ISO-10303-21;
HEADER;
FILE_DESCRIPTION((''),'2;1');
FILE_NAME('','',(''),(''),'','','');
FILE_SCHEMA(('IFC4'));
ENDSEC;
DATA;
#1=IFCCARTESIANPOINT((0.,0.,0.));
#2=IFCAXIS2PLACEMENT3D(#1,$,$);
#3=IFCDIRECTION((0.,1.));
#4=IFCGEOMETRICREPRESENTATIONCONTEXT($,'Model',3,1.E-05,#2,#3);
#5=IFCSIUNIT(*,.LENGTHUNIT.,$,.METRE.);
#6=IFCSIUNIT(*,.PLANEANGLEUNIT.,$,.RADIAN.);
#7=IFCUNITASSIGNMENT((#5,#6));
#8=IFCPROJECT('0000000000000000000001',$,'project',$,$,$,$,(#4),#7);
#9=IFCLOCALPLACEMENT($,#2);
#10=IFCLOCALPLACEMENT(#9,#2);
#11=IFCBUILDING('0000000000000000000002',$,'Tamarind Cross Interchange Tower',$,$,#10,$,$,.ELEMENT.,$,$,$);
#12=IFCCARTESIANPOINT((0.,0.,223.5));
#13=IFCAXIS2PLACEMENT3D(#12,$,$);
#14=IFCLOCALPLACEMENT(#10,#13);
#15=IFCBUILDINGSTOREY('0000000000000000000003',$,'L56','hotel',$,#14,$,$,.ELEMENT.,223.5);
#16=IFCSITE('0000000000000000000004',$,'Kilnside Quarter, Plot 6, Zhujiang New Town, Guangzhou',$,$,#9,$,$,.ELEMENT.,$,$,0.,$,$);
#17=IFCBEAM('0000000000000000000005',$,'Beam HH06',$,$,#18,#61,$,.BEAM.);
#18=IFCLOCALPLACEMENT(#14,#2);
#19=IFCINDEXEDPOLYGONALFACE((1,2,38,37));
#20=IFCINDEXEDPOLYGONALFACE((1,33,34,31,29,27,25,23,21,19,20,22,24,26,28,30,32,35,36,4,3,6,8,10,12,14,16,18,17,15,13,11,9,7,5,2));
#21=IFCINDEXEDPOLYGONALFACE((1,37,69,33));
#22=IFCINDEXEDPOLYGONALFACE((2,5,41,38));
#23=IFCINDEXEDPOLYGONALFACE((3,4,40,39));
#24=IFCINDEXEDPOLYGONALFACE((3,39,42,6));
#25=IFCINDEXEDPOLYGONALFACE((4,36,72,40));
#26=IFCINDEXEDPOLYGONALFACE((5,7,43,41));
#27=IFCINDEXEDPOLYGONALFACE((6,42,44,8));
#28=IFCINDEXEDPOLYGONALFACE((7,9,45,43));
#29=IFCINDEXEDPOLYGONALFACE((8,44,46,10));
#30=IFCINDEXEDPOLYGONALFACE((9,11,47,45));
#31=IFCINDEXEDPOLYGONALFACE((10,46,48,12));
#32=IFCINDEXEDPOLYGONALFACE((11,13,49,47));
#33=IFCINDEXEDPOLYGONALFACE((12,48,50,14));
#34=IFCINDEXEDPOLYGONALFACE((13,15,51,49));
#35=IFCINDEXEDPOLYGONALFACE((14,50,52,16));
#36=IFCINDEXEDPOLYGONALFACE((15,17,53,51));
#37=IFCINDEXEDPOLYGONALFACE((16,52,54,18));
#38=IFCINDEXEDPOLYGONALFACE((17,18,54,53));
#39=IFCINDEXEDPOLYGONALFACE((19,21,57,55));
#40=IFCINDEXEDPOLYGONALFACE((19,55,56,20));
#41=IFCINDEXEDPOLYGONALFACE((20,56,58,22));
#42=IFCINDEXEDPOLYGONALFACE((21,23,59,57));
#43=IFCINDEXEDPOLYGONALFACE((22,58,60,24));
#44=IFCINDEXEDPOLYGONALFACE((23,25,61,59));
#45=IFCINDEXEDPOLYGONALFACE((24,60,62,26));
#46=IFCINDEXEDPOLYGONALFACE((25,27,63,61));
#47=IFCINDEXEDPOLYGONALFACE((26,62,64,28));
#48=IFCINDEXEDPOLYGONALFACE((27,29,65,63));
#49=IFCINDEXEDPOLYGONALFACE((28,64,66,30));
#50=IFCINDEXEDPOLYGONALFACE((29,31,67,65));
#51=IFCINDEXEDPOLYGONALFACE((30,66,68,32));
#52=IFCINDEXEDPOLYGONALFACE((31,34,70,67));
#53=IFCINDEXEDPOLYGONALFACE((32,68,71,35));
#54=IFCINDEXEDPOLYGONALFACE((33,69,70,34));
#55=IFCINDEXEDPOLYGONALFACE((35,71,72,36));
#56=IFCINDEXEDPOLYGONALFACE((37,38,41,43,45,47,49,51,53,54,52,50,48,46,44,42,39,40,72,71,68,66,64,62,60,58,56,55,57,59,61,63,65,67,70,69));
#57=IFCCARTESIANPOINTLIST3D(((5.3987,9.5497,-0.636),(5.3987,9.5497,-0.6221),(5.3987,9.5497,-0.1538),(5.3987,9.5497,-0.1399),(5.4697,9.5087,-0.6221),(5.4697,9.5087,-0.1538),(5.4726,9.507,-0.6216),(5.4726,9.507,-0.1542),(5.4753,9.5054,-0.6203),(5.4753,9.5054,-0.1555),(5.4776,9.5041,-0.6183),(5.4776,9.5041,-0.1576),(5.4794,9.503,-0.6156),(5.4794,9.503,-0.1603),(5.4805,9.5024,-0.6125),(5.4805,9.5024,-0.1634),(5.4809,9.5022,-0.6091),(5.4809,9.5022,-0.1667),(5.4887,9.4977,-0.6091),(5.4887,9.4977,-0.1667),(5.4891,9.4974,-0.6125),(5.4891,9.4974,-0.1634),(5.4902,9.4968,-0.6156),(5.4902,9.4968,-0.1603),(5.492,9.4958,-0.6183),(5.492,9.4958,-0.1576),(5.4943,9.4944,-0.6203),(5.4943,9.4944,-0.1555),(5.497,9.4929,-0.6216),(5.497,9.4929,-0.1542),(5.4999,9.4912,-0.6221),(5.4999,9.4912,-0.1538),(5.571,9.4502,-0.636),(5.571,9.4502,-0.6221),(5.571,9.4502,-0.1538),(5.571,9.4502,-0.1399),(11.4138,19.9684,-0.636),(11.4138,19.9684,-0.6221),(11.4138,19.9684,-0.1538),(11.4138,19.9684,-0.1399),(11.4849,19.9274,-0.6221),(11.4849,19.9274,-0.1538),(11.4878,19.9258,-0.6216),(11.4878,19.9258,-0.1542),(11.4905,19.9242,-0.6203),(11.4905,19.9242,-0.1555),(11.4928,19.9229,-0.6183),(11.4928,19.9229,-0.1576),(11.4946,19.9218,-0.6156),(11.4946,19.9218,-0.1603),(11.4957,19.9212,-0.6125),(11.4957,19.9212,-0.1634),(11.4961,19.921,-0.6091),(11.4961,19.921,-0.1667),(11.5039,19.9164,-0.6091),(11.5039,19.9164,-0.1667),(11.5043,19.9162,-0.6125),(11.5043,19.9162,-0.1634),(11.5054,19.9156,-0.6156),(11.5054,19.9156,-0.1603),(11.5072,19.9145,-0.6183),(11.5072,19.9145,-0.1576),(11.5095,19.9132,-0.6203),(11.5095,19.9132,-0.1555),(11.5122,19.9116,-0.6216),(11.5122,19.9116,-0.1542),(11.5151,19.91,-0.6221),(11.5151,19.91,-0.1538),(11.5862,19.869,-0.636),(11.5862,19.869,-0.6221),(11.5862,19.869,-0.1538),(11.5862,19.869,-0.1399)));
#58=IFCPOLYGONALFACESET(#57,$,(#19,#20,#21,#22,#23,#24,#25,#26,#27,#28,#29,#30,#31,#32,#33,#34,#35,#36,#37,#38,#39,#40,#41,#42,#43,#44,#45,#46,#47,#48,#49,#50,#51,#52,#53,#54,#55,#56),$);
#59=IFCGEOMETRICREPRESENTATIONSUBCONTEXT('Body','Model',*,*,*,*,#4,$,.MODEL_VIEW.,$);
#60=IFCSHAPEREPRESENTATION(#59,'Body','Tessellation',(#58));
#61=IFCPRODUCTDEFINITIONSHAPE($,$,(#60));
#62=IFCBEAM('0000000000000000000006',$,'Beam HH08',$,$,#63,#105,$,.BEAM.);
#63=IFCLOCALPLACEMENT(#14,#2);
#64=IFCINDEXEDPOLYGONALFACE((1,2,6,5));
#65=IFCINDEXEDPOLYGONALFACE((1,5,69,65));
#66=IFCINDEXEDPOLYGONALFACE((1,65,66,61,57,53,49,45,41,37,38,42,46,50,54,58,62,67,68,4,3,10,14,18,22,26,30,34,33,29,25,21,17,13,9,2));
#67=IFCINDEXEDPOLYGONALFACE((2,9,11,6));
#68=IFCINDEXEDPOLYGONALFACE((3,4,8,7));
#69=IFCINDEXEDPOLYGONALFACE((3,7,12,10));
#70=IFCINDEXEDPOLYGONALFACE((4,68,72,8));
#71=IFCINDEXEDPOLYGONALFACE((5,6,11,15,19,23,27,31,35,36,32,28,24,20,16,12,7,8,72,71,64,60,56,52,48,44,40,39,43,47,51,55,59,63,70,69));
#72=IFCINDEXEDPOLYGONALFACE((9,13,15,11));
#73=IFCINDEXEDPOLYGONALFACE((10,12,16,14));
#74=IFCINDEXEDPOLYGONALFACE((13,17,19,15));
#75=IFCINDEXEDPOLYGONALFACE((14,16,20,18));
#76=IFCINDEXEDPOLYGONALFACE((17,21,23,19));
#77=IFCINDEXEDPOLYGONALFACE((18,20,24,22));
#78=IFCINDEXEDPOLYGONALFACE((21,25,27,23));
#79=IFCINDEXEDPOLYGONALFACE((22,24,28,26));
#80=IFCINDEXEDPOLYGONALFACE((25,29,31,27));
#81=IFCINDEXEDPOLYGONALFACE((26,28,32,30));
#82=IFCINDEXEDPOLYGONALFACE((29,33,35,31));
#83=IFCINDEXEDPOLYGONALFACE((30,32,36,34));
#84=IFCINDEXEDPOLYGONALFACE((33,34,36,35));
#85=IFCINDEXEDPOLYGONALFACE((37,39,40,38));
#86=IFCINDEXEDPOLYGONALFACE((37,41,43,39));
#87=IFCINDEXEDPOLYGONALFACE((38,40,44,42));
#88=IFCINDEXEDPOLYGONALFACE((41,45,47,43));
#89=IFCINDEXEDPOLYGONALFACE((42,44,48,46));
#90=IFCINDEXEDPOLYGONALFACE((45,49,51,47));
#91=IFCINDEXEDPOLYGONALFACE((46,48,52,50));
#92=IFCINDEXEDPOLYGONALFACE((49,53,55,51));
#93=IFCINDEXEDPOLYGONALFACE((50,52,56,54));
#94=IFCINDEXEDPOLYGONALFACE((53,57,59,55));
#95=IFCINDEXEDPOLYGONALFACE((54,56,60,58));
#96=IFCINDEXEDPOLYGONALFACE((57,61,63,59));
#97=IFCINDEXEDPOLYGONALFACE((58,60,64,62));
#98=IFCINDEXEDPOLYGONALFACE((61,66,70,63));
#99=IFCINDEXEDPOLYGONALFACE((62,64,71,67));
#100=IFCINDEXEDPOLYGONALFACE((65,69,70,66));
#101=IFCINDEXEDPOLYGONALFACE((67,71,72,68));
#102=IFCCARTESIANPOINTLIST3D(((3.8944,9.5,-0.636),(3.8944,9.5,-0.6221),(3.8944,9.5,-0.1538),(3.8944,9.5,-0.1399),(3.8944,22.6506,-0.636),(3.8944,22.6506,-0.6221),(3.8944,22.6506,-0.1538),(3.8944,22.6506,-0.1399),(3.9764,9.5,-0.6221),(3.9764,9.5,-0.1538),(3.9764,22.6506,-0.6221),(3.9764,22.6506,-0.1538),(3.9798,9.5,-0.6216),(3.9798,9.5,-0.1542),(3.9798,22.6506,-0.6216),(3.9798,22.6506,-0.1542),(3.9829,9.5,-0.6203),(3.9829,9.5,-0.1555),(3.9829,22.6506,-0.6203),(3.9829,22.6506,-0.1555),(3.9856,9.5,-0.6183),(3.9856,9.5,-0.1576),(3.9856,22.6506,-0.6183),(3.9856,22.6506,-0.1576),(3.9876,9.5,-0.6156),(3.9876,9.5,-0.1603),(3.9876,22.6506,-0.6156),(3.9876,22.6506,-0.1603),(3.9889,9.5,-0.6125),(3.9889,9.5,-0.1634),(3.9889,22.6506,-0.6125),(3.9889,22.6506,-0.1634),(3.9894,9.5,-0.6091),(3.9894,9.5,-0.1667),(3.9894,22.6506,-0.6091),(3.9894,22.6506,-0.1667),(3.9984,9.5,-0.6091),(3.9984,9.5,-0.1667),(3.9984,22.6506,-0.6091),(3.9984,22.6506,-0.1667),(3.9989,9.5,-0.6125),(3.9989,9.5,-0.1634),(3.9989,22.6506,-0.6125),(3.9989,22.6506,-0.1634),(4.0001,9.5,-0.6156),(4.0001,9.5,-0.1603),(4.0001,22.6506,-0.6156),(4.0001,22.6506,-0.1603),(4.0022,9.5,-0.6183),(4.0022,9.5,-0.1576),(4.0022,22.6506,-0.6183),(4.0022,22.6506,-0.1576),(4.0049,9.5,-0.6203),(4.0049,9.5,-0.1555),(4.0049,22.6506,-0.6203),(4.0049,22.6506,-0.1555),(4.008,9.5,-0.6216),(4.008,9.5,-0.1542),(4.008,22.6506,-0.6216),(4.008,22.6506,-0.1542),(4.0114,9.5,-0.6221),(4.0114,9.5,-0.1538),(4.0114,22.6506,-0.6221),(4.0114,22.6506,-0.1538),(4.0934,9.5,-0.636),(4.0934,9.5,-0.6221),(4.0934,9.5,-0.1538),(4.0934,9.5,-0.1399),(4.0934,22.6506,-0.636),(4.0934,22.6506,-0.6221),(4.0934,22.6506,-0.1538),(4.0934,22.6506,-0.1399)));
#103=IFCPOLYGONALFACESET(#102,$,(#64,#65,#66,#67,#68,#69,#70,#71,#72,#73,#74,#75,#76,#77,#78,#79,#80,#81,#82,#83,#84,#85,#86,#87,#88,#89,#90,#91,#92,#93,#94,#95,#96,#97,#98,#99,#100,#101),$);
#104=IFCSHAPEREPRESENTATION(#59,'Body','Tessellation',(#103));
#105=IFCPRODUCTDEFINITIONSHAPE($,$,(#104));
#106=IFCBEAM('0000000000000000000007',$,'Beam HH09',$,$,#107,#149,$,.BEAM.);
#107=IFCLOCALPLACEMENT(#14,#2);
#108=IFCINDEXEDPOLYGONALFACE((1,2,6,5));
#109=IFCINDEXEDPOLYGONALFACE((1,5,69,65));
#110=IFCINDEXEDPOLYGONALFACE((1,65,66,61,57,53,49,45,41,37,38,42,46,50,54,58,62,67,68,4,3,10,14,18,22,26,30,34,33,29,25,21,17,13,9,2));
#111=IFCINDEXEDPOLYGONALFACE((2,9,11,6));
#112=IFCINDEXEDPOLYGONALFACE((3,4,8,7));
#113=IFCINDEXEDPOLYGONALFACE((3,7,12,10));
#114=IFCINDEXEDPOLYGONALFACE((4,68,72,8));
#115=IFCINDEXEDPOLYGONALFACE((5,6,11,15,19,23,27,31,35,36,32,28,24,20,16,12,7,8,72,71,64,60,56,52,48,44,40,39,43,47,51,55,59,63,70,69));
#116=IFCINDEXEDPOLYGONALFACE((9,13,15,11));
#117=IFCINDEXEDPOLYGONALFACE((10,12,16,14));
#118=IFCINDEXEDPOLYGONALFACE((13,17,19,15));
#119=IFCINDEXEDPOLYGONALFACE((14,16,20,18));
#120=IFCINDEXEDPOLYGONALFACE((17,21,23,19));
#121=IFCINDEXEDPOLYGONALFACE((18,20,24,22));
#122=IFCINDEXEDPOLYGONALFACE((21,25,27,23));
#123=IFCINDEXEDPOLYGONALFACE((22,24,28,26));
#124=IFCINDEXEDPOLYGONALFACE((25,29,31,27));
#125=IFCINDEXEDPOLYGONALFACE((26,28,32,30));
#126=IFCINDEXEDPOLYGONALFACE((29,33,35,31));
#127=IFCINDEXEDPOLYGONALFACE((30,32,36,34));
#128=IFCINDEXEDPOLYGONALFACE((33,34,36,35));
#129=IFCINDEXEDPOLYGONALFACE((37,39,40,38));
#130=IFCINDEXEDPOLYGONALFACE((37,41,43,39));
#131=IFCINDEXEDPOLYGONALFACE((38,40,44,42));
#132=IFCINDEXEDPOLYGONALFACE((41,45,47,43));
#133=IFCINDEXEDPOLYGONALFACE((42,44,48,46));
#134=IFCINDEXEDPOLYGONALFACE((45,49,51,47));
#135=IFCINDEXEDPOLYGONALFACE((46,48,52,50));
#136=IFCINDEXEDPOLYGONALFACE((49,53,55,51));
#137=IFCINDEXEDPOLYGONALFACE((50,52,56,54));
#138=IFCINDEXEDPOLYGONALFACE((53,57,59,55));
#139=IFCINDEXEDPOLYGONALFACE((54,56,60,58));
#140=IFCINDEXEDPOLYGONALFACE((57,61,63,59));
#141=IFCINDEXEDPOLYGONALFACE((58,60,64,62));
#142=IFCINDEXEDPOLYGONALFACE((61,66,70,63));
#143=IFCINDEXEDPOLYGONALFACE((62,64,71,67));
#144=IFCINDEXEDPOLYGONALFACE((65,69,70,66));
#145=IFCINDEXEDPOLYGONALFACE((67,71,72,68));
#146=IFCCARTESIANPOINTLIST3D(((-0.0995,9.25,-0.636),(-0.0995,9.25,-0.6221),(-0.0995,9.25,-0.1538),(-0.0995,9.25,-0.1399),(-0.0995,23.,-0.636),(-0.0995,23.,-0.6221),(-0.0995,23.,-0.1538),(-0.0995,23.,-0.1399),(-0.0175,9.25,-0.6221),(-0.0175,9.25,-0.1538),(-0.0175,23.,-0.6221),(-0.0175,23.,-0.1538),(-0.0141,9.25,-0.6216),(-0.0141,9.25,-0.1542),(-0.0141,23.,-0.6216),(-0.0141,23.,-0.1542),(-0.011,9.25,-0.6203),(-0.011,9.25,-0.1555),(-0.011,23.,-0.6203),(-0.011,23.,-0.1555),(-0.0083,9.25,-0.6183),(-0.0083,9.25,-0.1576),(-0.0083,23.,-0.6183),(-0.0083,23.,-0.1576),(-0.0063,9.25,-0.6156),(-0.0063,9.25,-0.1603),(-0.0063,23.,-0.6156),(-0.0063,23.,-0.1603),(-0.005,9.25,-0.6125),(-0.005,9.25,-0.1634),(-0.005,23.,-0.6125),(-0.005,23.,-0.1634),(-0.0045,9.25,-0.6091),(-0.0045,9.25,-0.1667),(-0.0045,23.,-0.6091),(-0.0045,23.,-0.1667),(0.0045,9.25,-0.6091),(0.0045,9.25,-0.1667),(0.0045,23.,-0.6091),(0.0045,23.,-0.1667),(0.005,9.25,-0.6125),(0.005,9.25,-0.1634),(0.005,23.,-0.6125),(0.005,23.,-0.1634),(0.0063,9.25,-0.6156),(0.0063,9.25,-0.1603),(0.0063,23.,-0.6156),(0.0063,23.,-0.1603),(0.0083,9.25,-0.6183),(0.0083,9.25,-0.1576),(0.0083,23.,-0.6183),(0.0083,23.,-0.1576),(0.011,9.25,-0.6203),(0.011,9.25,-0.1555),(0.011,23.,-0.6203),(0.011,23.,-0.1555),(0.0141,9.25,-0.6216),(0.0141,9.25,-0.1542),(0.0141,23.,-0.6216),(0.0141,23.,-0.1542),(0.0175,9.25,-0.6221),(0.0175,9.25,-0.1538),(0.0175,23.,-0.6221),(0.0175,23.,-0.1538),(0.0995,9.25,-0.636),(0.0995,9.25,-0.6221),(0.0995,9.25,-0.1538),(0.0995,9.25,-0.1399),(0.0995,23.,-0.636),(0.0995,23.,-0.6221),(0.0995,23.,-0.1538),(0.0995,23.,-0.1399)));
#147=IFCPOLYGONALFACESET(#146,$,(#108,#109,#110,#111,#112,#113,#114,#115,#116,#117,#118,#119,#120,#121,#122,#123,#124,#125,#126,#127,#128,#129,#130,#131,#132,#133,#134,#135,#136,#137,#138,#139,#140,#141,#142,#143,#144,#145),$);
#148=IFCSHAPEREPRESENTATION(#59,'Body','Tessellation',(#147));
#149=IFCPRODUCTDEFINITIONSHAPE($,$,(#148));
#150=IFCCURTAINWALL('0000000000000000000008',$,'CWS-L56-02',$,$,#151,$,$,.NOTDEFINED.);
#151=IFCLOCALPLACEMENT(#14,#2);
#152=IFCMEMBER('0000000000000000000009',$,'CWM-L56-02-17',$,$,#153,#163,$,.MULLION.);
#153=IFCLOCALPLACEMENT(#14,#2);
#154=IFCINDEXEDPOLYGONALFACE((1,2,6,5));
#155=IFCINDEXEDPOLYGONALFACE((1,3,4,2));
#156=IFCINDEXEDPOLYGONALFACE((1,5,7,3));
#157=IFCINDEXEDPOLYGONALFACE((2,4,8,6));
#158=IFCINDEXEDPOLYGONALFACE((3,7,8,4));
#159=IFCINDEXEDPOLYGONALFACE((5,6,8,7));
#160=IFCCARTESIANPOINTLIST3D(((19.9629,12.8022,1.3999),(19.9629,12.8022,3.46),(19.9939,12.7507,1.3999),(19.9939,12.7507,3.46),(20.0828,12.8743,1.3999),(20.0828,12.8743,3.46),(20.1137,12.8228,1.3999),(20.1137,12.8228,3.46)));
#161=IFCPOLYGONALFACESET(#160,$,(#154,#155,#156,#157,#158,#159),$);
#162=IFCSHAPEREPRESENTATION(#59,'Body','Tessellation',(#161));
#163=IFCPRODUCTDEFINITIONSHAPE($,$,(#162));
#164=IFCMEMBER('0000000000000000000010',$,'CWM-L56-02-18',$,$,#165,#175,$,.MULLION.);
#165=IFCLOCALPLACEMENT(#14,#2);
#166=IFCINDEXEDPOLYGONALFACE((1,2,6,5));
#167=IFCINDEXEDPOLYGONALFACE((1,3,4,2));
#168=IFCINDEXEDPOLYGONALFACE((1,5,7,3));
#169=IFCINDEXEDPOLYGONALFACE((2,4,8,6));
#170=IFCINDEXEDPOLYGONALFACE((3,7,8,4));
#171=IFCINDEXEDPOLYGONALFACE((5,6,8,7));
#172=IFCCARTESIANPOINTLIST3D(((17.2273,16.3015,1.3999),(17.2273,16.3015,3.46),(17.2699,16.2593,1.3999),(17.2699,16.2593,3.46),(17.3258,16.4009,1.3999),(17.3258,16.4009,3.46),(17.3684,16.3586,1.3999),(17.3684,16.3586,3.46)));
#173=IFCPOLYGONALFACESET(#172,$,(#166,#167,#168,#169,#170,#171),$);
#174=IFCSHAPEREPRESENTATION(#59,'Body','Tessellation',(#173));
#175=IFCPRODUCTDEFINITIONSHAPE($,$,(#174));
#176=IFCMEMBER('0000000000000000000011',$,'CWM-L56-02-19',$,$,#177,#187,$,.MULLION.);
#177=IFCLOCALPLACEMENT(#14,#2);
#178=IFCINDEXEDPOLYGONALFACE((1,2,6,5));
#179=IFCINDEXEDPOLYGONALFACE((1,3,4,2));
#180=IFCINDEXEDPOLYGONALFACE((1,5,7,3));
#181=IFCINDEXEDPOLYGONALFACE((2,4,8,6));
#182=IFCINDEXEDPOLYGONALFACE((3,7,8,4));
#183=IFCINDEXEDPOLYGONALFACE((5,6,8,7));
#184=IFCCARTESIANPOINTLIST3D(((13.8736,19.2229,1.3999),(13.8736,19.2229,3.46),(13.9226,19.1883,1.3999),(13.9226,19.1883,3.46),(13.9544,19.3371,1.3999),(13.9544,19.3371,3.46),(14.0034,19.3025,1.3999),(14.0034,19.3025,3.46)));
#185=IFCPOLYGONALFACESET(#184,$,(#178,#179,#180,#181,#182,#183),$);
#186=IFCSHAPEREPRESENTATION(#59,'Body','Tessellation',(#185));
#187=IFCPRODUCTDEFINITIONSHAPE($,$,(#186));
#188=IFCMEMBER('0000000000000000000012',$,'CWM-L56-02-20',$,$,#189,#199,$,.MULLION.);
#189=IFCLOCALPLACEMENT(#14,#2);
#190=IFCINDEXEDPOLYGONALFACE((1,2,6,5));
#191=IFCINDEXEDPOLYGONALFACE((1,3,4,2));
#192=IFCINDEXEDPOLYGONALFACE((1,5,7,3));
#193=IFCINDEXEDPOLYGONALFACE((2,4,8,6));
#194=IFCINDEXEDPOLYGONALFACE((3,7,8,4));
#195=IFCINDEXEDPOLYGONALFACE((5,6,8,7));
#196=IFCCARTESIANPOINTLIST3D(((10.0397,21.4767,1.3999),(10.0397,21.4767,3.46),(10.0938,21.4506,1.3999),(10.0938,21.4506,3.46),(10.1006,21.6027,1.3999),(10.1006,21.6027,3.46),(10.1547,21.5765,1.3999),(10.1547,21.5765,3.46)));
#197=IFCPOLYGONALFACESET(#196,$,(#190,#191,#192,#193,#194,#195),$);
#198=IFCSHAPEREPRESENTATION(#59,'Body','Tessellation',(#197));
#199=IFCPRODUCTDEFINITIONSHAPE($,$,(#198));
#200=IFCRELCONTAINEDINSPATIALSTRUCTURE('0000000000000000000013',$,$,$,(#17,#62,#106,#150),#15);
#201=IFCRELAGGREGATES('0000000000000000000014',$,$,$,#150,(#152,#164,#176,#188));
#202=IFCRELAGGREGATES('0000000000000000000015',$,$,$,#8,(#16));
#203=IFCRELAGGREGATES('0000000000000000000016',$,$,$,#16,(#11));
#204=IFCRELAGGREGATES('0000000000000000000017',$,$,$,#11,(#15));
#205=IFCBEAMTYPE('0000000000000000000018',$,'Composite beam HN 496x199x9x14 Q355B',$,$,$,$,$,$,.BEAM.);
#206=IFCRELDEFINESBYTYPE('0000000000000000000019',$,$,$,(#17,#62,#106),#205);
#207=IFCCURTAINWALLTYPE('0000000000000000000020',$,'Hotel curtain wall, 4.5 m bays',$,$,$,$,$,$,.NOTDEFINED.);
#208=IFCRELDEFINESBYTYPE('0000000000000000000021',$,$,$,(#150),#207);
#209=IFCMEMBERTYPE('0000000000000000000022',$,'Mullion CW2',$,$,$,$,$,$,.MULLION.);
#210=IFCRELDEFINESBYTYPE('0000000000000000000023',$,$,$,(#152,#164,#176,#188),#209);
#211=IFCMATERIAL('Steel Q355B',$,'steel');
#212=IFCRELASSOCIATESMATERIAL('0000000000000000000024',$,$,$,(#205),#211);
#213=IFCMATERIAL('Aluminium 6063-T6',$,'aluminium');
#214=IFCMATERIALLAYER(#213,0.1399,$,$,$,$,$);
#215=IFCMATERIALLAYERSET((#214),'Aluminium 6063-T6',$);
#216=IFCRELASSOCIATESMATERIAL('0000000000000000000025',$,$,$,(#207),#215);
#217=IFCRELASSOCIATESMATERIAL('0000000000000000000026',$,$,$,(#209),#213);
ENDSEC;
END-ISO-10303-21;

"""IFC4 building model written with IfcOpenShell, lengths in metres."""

from ifc_helpers import new_model, si_unit, direction, frame, origin, origin_2d, place, context, subcontext, project, spatial, rectangle, i_section, extrude, material, layer, layer_set, material_profile, profile_set, type_object, element, aggregate, save


model = new_model("IFC4")

# Units and contexts
model_context = context("Model", 3, precision=1e-05, world=origin(), true_north=direction((0.0, 1.0)))
body_context = subcontext(model_context, "Body", "Model", "MODEL_VIEW")
ifc_project = project(units=[si_unit("LENGTHUNIT", "METRE"), si_unit("PLANEANGLEUNIT", "RADIAN")], contexts=[model_context])

# Site, building, storey
site_placement = place(None, origin())
site = spatial("IfcSite", under=ifc_project, at=site_placement, Name="Kilnside Quarter, Plot 6, Zhujiang New Town, Guangzhou", CompositionType="ELEMENT", RefElevation=0.0)
building_placement = place(site_placement, origin())
building = spatial("IfcBuilding", under=site, at=building_placement, Name="Tamarind Cross Interchange Tower", CompositionType="ELEMENT")
storey_placement = place(building_placement, frame((0.0, 0.0, 223.5)))
storey = spatial("IfcBuildingStorey", under=building, at=storey_placement, Name="L56", Description="hotel", CompositionType="ELEMENT", Elevation=223.5)

# Beams
ifc_material_1 = material(Name="Steel Q355B", Category="steel")
ifc_material_profile_1 = material_profile(ifc_material_1, i_section(OverallWidth=0.199, OverallDepth=0.4961, WebThickness=0.009, FlangeThickness=0.0139, FilletRadius=0.0129, at=origin_2d()), Name="HN 496x199x9x14")
ifc_profile_set_1 = profile_set([ifc_material_profile_1], Name="Steel Q355B")
beam_type = type_object("IfcBeamType", Name="Composite beam HN 496x199x9x14 Q355B", PredefinedType="BEAM", material=ifc_profile_set_1)
beam_1_placement = place(storey_placement, frame((11.5, 19.9187, -0.3879), z_axis=(-0.499994, -0.866029, 0.0), x_axis=(0.866029, -0.499994, 0.0)))
element("IfcBeam", 1, at=beam_1_placement, inside=storey, type_object=beam_type, Name="Beam HH06", PredefinedType="BEAM", context=body_context, shape_type="SweptSolid", body=[
    extrude(i_section(OverallWidth=0.199, OverallDepth=0.4961, WebThickness=0.009, FlangeThickness=0.0139, FilletRadius=0.0129, at=origin_2d()), origin(), (0.0, 0.0, 1.0), 12.0305),
])
beam_2_placement = place(storey_placement, frame((3.9939, 22.6506, -0.3879), z_axis=(0.0, -1.0, 0.0), x_axis=(1.0, 0.0, 0.0)))
element("IfcBeam", 2, at=beam_2_placement, inside=storey, type_object=beam_type, Name="Beam HH08", PredefinedType="BEAM", context=body_context, shape_type="SweptSolid", body=[
    extrude(i_section(OverallWidth=0.199, OverallDepth=0.4961, WebThickness=0.009, FlangeThickness=0.0139, FilletRadius=0.0129, at=origin_2d()), origin(), (0.0, 0.0, 1.0), 13.1506),
])
beam_3_placement = place(storey_placement, frame((0.0, 23.0, -0.3879), z_axis=(0.0, -1.0, 0.0), x_axis=(1.0, 0.0, 0.0)))
element("IfcBeam", 3, at=beam_3_placement, inside=storey, type_object=beam_type, Name="Beam HH09", PredefinedType="BEAM", context=body_context, shape_type="SweptSolid", body=[
    extrude(i_section(OverallWidth=0.199, OverallDepth=0.4961, WebThickness=0.009, FlangeThickness=0.0139, FilletRadius=0.0129, at=origin_2d()), origin(), (0.0, 0.0, 1.0), 13.75),
])

# Curtain wall, members
ifc_material_2 = material(Name="Aluminium 6063-T6", Category="aluminium")
ifc_layer_1 = layer(ifc_material_2, 0.1399)
ifc_layer_set_1 = layer_set([ifc_layer_1], Name="Aluminium 6063-T6")
curtain_wall_type = type_object("IfcCurtainWallType", Name="Hotel curtain wall, 4.5 m bays", PredefinedType="NOTDEFINED", material=ifc_layer_set_1)
curtain_wall_1_placement = place(storey_placement, origin())
curtain_wall_1 = element("IfcCurtainWall", 4, at=curtain_wall_1_placement, inside=storey, type_object=curtain_wall_type, Name="CWS-L56-02", PredefinedType="NOTDEFINED")
ifc_material_profile_2 = material_profile(ifc_material_2, rectangle(XDim=0.0601, YDim=0.1399, at=origin_2d()), Name="Mullion CW2")
ifc_profile_set_2 = profile_set([ifc_material_profile_2], Name="Aluminium 6063-T6")
member_type = type_object("IfcMemberType", Name="Mullion CW2", PredefinedType="MULLION", material=ifc_profile_set_2)
member_1_placement = place(storey_placement, frame((20.0383, 12.8125, 1.3999), z_axis=(0.0, 0.0, 1.0), x_axis=(-0.515577, 0.856843, 0.0)))
member_1 = element("IfcMember", 5, at=member_1_placement, type_object=member_type, Name="CWM-L56-02-17", PredefinedType="MULLION", context=body_context, shape_type="SweptSolid", body=[
    extrude(rectangle(XDim=0.0601, YDim=0.1399, at=origin_2d()), origin(), (0.0, 0.0, 1.0), 2.0601),
])
member_2_placement = place(storey_placement, frame((17.2979, 16.3301, 1.3999), z_axis=(0.0, 0.0, 1.0), x_axis=(-0.710143, 0.704057, 0.0)))
member_2 = element("IfcMember", 6, at=member_2_placement, type_object=member_type, Name="CWM-L56-02-18", PredefinedType="MULLION", context=body_context, shape_type="SweptSolid", body=[
    extrude(rectangle(XDim=0.0601, YDim=0.1399, at=origin_2d()), origin(), (0.0, 0.0, 1.0), 2.0601),
])
member_3_placement = place(storey_placement, frame((13.9385, 19.2627, 1.3999), z_axis=(0.0, 0.0, 1.0), x_axis=(-0.816342, 0.577569, 0.0)))
member_3 = element("IfcMember", 7, at=member_3_placement, type_object=member_type, Name="CWM-L56-02-19", PredefinedType="MULLION", context=body_context, shape_type="SweptSolid", body=[
    extrude(rectangle(XDim=0.0601, YDim=0.1399, at=origin_2d()), origin(), (0.0, 0.0, 1.0), 2.0601),
])
member_4_placement = place(storey_placement, frame((10.0972, 21.5266, 1.3999), z_axis=(0.0, 0.0, 1.0), x_axis=(-0.900273, 0.435326, 0.0)))
member_4 = element("IfcMember", 8, at=member_4_placement, type_object=member_type, Name="CWM-L56-02-20", PredefinedType="MULLION", context=body_context, shape_type="SweptSolid", body=[
    extrude(rectangle(XDim=0.0601, YDim=0.1399, at=origin_2d()), origin(), (0.0, 0.0, 1.0), 2.0601),
])
aggregate(curtain_wall_1, [member_1, member_2, member_3, member_4])

save(model, "model.ifc")
